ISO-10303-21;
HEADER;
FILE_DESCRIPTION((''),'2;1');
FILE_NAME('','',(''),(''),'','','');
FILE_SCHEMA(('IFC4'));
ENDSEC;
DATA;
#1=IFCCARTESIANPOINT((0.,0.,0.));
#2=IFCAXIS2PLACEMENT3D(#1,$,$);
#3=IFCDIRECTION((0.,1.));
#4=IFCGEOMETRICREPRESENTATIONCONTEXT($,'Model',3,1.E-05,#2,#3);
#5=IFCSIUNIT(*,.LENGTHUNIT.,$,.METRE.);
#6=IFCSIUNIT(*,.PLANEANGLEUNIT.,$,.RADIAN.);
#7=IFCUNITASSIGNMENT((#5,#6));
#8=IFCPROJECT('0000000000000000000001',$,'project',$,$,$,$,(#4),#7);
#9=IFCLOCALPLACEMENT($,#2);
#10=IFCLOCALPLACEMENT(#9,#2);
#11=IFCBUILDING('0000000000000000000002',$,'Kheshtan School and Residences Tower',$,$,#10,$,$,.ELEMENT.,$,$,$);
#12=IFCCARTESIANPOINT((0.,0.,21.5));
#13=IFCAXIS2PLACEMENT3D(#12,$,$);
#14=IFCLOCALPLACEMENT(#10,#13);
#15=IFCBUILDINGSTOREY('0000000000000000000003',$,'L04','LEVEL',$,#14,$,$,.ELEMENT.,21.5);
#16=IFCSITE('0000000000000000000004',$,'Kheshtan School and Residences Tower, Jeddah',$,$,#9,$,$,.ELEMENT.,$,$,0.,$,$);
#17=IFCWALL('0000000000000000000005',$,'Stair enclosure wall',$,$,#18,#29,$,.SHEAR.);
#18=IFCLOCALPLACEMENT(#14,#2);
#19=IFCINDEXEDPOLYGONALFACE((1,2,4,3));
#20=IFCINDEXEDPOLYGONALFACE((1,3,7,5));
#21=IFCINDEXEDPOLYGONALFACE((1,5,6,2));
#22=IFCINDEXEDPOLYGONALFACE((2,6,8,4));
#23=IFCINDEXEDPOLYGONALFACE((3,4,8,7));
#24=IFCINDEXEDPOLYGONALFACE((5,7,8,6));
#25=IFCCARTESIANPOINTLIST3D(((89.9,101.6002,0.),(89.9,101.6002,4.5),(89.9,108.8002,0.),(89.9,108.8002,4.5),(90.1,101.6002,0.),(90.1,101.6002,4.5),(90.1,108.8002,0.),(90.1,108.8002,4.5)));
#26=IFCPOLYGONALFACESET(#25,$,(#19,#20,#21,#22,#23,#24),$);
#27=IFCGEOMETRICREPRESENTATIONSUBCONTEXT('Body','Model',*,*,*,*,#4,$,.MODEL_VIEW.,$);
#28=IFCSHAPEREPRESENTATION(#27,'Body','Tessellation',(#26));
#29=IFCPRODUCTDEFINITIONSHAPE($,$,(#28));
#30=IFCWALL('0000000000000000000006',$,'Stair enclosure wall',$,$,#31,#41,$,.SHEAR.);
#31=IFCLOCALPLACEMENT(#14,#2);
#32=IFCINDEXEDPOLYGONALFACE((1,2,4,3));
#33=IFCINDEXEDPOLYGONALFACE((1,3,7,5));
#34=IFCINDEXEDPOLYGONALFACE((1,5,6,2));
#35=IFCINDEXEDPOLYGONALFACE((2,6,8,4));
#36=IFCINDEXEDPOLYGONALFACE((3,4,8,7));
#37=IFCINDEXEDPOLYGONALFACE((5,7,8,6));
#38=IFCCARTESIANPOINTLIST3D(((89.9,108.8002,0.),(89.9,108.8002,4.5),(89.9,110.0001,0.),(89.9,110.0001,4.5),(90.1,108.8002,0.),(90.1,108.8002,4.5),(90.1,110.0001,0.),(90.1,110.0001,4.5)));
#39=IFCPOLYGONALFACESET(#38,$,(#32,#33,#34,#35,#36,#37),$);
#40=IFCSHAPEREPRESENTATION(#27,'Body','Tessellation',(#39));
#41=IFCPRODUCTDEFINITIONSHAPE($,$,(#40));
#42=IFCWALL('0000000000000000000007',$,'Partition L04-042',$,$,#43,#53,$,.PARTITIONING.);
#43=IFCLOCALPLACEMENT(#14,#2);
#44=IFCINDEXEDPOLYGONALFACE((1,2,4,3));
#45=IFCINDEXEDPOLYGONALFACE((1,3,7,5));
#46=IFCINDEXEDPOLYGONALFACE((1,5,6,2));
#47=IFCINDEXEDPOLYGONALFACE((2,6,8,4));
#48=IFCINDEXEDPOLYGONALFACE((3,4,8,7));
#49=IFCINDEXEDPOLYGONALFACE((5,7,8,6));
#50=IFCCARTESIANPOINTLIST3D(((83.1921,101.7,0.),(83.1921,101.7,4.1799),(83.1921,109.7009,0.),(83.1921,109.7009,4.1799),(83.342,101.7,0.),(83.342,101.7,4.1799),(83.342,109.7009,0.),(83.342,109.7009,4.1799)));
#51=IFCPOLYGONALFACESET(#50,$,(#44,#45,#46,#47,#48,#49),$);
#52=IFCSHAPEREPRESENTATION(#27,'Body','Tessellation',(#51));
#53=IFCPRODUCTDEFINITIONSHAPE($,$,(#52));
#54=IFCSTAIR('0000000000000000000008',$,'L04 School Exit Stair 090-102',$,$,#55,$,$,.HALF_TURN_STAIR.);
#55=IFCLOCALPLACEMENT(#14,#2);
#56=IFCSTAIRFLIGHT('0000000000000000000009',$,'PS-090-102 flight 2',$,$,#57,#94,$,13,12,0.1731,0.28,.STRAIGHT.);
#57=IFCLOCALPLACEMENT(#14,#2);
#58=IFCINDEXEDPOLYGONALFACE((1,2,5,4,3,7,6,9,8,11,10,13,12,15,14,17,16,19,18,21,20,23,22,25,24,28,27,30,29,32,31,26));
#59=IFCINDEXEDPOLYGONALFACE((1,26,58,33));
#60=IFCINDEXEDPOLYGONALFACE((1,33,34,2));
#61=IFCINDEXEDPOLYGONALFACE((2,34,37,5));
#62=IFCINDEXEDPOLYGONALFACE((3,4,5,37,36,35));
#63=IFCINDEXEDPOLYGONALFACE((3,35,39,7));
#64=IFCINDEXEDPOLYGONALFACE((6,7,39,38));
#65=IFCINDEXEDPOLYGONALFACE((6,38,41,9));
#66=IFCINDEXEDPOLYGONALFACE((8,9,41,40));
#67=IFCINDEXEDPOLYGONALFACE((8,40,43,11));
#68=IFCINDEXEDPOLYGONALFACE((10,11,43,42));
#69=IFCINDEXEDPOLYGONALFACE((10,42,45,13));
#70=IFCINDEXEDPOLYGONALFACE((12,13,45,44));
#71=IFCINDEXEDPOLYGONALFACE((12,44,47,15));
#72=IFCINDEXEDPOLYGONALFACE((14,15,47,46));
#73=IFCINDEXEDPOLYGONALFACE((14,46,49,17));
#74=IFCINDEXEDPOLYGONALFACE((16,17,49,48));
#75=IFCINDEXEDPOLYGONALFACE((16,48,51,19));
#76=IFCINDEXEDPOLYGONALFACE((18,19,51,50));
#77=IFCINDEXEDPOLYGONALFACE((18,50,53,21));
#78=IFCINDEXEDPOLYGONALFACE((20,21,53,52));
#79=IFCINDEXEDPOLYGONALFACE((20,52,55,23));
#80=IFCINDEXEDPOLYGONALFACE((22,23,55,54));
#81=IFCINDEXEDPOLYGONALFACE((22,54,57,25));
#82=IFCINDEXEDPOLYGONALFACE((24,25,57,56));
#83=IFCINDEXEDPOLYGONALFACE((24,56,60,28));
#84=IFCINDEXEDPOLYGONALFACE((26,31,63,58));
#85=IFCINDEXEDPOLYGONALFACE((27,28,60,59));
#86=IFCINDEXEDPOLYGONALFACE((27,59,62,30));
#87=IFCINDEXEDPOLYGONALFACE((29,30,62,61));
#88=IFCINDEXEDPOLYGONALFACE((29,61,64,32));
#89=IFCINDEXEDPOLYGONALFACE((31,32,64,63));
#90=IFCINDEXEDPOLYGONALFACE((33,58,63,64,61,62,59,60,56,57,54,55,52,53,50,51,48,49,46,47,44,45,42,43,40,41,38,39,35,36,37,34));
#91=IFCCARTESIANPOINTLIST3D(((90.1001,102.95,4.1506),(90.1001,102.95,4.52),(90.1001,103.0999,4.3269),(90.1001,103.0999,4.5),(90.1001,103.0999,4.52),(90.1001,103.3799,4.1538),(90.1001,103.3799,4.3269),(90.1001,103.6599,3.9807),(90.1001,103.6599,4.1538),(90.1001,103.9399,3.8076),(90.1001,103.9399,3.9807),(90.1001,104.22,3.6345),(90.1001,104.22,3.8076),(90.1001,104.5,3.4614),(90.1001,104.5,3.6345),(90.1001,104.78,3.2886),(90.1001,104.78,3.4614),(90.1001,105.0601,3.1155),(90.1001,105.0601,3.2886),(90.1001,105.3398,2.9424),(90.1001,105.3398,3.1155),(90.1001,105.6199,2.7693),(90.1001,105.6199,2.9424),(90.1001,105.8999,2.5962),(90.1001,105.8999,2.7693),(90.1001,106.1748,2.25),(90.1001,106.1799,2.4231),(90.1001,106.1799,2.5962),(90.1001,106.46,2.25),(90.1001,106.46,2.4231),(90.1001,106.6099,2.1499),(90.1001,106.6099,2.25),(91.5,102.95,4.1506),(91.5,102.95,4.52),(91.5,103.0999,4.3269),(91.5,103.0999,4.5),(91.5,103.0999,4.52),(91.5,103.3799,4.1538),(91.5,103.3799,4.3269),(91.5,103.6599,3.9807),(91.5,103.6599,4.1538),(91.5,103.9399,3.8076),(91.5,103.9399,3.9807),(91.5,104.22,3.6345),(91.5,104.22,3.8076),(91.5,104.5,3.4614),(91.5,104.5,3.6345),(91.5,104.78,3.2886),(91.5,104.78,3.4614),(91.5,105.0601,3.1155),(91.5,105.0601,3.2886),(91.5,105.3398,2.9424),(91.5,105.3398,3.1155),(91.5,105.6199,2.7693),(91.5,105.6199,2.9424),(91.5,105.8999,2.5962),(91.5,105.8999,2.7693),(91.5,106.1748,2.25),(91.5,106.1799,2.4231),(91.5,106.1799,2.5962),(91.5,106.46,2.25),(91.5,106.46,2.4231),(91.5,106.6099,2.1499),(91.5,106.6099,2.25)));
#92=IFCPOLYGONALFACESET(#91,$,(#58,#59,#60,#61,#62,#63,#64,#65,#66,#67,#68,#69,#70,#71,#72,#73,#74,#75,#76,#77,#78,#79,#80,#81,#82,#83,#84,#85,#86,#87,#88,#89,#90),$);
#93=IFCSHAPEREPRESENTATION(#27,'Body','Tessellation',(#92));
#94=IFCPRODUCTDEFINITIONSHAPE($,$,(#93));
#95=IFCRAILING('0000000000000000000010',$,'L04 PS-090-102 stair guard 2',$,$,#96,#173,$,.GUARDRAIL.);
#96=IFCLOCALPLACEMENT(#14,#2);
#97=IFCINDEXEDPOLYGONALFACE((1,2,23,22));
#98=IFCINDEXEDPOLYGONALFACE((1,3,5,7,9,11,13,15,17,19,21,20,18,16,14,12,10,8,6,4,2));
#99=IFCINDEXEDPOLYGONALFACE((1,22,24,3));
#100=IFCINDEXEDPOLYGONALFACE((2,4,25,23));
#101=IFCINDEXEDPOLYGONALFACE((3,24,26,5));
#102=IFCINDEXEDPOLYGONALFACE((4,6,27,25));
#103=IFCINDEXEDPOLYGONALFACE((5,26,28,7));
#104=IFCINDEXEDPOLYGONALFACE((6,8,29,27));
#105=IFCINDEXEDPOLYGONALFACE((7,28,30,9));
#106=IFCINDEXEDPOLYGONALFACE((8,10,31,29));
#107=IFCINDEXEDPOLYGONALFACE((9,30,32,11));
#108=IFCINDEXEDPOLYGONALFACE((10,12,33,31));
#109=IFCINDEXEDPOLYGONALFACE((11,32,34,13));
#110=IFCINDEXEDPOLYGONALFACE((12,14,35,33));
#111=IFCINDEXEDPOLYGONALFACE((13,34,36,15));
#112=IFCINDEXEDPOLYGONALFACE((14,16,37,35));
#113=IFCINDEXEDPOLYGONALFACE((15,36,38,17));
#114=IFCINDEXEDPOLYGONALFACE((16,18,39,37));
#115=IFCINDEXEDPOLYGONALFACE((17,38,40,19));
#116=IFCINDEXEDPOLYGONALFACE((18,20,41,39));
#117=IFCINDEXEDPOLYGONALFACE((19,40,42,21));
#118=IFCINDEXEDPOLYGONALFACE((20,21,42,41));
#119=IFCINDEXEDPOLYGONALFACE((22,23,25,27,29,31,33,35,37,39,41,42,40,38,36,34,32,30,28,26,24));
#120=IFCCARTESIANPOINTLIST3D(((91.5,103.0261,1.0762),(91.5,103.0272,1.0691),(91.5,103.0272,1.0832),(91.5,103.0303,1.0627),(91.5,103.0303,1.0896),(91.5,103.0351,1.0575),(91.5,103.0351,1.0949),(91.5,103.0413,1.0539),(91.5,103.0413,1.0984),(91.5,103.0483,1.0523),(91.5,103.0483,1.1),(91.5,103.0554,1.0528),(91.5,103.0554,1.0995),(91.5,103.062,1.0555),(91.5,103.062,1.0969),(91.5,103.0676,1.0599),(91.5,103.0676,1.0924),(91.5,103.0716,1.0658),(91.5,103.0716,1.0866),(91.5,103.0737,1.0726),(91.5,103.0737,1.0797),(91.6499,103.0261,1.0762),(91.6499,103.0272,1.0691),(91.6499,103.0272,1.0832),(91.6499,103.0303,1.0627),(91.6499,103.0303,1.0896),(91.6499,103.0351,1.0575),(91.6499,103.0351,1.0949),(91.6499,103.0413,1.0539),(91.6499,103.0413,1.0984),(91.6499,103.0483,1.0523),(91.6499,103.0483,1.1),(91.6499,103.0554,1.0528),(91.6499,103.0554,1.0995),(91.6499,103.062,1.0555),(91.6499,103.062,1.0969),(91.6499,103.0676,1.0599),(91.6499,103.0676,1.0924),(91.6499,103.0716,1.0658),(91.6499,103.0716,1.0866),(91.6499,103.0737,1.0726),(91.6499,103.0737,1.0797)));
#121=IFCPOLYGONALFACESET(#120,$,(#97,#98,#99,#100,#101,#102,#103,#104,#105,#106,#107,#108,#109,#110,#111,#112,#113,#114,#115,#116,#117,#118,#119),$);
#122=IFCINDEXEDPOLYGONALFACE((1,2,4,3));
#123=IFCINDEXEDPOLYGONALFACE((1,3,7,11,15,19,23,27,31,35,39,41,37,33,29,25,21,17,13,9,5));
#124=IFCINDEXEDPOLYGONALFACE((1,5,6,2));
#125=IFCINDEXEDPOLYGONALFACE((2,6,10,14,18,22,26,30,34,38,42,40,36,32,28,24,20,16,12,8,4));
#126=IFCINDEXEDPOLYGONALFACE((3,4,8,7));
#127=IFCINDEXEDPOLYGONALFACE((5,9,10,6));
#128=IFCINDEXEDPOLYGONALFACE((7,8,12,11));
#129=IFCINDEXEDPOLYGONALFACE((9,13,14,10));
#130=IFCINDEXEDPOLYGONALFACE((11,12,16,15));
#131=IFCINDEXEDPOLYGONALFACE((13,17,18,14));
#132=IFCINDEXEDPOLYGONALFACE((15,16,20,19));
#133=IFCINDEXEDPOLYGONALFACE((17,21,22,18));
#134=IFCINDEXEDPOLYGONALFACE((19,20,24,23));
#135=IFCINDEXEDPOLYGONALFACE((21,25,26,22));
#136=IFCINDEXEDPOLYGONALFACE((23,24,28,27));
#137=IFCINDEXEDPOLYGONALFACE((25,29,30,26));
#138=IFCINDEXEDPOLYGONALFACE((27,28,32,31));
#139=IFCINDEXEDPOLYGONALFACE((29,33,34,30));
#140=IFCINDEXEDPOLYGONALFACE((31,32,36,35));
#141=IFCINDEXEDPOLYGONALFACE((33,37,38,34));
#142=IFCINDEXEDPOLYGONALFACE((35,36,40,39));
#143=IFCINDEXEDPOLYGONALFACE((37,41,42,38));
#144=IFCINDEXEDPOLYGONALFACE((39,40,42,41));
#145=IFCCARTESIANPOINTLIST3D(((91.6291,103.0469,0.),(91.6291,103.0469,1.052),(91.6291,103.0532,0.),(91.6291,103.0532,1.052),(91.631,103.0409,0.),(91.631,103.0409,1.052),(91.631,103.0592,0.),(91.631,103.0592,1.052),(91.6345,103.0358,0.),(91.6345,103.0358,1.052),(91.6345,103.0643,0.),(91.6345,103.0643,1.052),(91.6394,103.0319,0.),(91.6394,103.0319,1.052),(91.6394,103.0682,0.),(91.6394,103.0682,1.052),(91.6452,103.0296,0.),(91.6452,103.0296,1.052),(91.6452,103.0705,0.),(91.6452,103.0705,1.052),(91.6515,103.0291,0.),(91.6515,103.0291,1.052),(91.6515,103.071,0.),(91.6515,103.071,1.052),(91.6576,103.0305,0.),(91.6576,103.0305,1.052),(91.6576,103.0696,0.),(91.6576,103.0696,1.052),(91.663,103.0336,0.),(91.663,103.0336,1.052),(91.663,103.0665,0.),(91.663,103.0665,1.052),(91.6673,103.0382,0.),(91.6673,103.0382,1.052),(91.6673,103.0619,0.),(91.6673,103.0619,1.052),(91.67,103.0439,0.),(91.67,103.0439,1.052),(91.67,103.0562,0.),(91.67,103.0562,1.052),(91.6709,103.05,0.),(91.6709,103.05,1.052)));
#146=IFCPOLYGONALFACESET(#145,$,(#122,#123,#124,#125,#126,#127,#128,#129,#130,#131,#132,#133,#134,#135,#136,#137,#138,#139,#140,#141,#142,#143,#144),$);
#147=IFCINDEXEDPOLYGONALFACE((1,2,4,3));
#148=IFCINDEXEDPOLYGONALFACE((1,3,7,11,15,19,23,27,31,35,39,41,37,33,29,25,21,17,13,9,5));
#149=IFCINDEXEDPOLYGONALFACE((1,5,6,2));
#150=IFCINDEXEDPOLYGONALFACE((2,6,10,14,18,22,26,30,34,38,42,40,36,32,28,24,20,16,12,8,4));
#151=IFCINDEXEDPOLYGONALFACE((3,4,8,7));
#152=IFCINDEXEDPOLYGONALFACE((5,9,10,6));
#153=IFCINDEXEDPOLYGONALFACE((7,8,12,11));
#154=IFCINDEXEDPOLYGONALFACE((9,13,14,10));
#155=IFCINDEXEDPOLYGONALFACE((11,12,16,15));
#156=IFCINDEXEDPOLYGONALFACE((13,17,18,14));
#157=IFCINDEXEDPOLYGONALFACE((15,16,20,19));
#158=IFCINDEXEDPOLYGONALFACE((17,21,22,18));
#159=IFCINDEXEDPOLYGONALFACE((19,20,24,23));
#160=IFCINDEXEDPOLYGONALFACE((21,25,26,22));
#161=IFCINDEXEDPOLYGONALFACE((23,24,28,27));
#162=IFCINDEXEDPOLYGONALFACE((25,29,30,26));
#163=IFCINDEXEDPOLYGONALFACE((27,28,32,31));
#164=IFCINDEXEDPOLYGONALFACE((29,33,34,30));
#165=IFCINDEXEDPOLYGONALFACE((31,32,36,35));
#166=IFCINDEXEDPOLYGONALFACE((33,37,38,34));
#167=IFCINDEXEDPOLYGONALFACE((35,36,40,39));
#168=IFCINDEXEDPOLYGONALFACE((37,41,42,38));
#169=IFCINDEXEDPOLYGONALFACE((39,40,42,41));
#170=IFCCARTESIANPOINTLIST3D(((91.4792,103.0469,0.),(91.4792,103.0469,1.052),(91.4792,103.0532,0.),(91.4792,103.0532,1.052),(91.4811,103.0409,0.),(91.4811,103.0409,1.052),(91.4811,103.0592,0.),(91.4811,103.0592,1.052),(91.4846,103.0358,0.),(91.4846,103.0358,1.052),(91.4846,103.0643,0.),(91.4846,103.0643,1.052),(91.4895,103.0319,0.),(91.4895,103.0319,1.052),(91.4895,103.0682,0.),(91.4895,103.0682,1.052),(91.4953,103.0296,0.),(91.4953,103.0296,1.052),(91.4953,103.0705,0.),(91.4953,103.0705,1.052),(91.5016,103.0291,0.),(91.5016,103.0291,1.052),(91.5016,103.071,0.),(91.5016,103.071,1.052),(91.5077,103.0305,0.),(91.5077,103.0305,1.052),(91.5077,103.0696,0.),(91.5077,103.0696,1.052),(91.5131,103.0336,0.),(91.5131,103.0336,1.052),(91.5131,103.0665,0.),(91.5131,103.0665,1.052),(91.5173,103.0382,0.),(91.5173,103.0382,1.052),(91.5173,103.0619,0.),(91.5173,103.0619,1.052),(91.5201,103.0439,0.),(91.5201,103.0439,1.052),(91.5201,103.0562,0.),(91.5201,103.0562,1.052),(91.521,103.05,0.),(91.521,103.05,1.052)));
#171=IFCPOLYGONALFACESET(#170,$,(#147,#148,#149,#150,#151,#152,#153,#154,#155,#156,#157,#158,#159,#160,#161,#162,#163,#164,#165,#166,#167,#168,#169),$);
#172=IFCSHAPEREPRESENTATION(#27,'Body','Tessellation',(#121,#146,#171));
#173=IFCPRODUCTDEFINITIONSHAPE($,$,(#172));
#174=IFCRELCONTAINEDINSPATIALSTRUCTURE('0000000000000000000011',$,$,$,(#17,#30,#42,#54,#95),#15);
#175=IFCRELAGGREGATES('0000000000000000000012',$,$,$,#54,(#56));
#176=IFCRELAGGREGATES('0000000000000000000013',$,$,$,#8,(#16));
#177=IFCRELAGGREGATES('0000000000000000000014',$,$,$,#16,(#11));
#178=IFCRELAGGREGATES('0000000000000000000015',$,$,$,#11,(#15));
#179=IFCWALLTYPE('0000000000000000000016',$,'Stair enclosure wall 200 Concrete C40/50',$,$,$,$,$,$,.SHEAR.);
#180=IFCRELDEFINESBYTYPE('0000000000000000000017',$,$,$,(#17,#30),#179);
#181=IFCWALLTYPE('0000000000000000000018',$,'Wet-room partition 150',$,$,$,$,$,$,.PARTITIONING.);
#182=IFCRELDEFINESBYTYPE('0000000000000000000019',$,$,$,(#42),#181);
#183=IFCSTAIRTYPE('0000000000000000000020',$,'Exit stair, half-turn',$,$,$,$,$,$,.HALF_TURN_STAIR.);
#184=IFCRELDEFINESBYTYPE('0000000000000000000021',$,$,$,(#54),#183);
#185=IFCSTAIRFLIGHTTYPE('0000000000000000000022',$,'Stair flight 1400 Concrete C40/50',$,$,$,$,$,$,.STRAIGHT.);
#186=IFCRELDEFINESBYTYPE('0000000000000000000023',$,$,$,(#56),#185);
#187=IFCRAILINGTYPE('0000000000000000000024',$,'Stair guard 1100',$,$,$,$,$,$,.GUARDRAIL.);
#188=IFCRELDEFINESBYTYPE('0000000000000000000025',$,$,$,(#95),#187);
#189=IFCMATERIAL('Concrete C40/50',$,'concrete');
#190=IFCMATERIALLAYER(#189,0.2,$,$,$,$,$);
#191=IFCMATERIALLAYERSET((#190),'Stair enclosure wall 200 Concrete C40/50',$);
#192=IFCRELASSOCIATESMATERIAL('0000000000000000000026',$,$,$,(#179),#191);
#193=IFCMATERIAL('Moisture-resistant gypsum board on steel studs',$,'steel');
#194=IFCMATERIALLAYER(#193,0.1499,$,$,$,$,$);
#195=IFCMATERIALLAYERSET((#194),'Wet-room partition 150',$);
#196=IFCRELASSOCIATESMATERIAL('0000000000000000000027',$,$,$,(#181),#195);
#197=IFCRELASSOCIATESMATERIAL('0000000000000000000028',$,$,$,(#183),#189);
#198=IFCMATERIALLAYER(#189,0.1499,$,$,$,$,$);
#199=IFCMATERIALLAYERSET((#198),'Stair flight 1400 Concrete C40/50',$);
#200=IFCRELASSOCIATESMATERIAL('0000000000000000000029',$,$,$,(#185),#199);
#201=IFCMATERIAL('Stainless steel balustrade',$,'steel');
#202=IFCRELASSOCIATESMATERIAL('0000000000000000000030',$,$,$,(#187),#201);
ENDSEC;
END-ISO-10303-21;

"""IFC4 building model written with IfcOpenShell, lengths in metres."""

from ifc_helpers import new_model, si_unit, direction, frame, frame_2d, origin, origin_2d, place, context, subcontext, project, spatial, polyline, rectangle, circle, outline, extrude, material, layer, layer_set, type_object, element, aggregate, save


model = new_model("IFC4")

# Units and contexts
model_context = context("Model", 3, precision=1e-05, world=origin(), true_north=direction((0.0, 1.0)))
body_context = subcontext(model_context, "Body", "Model", "MODEL_VIEW")
ifc_project = project(units=[si_unit("LENGTHUNIT", "METRE"), si_unit("PLANEANGLEUNIT", "RADIAN")], contexts=[model_context])

# Site, building, storey
site_placement = place(None, origin())
site = spatial("IfcSite", under=ifc_project, at=site_placement, Name="Kheshtan School and Residences Tower, Jeddah", CompositionType="ELEMENT", RefElevation=0.0)
building_placement = place(site_placement, origin())
building = spatial("IfcBuilding", under=site, at=building_placement, Name="Kheshtan School and Residences Tower", CompositionType="ELEMENT")
storey_placement = place(building_placement, frame((0.0, 0.0, 21.5)))
storey = spatial("IfcBuildingStorey", under=building, at=storey_placement, Name="L04", Description="LEVEL", CompositionType="ELEMENT", Elevation=21.5)

# Shared definitions
ifc_material_1 = material(Name="Concrete C40/50", Category="concrete")
ifc_layer_1 = layer(ifc_material_1, 0.2)
ifc_layer_set_1 = layer_set([ifc_layer_1], Name="Stair enclosure wall 200 Concrete C40/50")
wall_type_1 = type_object("IfcWallType", Name="Stair enclosure wall 200 Concrete C40/50", PredefinedType="SHEAR", material=ifc_layer_set_1)

# Walls
wall_1_placement = place(storey_placement, frame((90.0, 101.6001, 0.0), z_axis=(0.0, 0.0, 1.0), x_axis=(0.0, 1.0, 0.0)))
element("IfcWall", 1, at=wall_1_placement, inside=storey, type_object=wall_type_1, Name="Stair enclosure wall", PredefinedType="SHEAR", context=body_context, shape_type="SweptSolid", body=[
    extrude(rectangle(XDim=7.2, YDim=0.2, at=frame_2d((3.6001, 0.0))), origin(), (0.0, 0.0, 1.0), 4.5),
])
wall_2_placement = place(storey_placement, frame((90.0, 108.8, 0.0), z_axis=(0.0, 0.0, 1.0), x_axis=(0.0, 1.0, 0.0)))
element("IfcWall", 2, at=wall_2_placement, inside=storey, type_object=wall_type_1, Name="Stair enclosure wall", PredefinedType="SHEAR", context=body_context, shape_type="SweptSolid", body=[
    extrude(rectangle(XDim=1.2, YDim=0.2, at=frame_2d((0.6001, 0.0))), origin(), (0.0, 0.0, 1.0), 4.5),
])
ifc_material_2 = material(Name="Moisture-resistant gypsum board on steel studs", Category="steel")
ifc_layer_2 = layer(ifc_material_2, 0.1499)
ifc_layer_set_2 = layer_set([ifc_layer_2], Name="Wet-room partition 150")
wall_type_2 = type_object("IfcWallType", Name="Wet-room partition 150", PredefinedType="PARTITIONING", material=ifc_layer_set_2)
wall_3_placement = place(storey_placement, frame((83.2671, 101.7, 0.0), z_axis=(0.0, 0.0, 1.0), x_axis=(0.0, 1.0, 0.0)))
element("IfcWall", 3, at=wall_3_placement, inside=storey, type_object=wall_type_2, Name="Partition L04-042", PredefinedType="PARTITIONING", context=body_context, shape_type="SweptSolid", body=[
    extrude(rectangle(XDim=8.001, YDim=0.1499, at=frame_2d((4.0005, 0.0))), origin(), (0.0, 0.0, 1.0), 4.1799),
])

# Stair, stair flight
stair_type = type_object("IfcStairType", Name="Exit stair, half-turn", PredefinedType="HALF_TURN_STAIR", material=ifc_material_1)
stair_placement = place(storey_placement, origin())
stair = element("IfcStair", 4, at=stair_placement, inside=storey, type_object=stair_type, Name="L04 School Exit Stair 090-102", PredefinedType="HALF_TURN_STAIR")
ifc_layer_3 = layer(ifc_material_1, 0.1499)
ifc_layer_set_3 = layer_set([ifc_layer_3], Name="Stair flight 1400 Concrete C40/50")
stair_flight_type = type_object("IfcStairFlightType", Name="Stair flight 1400 Concrete C40/50", PredefinedType="STRAIGHT", material=ifc_layer_set_3)
stair_flight_placement = place(storey_placement, frame((90.8, 106.46, 2.25), z_axis=(0.0, 0.0, 1.0), x_axis=(0.0, -1.0, 0.0)))
stair_flight = element("IfcStairFlight", 5, at=stair_flight_placement, type_object=stair_flight_type, Name="PS-090-102 flight 2", NumberOfRisers=13, NumberOfTreads=12, PredefinedType="STRAIGHT", RiserHeight=0.1731, TreadLength=0.28, context=body_context, shape_type="SweptSolid", body=[
    extrude(outline(polyline([(-0.1499, -0.1001), (-0.1499, 0.0), (0.0, 0.0), (0.0, 0.1731), (0.28, 0.1731), (0.28, 0.3462), (0.5601, 0.3462), (0.5601, 0.5193), (0.8401, 0.5193), (0.8401, 0.6924), (1.1201, 0.6924), (1.1201, 0.8655), (1.3999, 0.8655), (1.3999, 1.0386), (1.6799, 1.0386), (1.6799, 1.2114), (1.96, 1.2114), (1.96, 1.3845), (2.24, 1.3845), (2.24, 1.5576), (2.52, 1.5576), (2.52, 1.7307), (2.8, 1.7307), (2.8, 1.9038), (3.0801, 1.9038), (3.0801, 2.0769), (3.3601, 2.0769), (3.3601, 2.25), (3.3601, 2.27), (3.51, 2.27), (3.51, 1.9006), (0.2852, 0.0), (-0.1499, -0.1001)])), frame((0.0, 0.7, 0.0), z_axis=(0.0, -1.0, 0.0), x_axis=(1.0, 0.0, 0.0)), (0.0, 0.0, 1.0), 1.3999),
])
aggregate(stair, [stair_flight])

# Railing
ifc_material_3 = material(Name="Stainless steel balustrade", Category="steel")
railing_type_1 = type_object("IfcRailingType", Name="Stair guard 1100", PredefinedType="GUARDRAIL", material=ifc_material_3)
railing_1_placement = place(storey_placement, frame((91.6499, 103.05, 0.0)))
element("IfcRailing", 6, at=railing_1_placement, inside=storey, type_object=railing_type_1, Name="L04 PS-090-102 stair guard 2", PredefinedType="GUARDRAIL", context=body_context, shape_type="SweptSolid", body=[
    extrude(circle(Radius=0.0239, at=origin_2d()), frame((0.0, 0.0, 1.0762), z_axis=(-1.0, 0.0, 0.0), x_axis=(0.0, -1.0, 0.0)), (0.0, 0.0, 1.0), 0.1499),
    extrude(circle(Radius=0.021, at=origin_2d()), origin(), (0.0, 0.0, 1.0), 1.052),
    extrude(circle(Radius=0.021, at=origin_2d()), frame((-0.1499, 0.0, 0.0)), (0.0, 0.0, 1.0), 1.052),
])

save(model, "model.ifc")
